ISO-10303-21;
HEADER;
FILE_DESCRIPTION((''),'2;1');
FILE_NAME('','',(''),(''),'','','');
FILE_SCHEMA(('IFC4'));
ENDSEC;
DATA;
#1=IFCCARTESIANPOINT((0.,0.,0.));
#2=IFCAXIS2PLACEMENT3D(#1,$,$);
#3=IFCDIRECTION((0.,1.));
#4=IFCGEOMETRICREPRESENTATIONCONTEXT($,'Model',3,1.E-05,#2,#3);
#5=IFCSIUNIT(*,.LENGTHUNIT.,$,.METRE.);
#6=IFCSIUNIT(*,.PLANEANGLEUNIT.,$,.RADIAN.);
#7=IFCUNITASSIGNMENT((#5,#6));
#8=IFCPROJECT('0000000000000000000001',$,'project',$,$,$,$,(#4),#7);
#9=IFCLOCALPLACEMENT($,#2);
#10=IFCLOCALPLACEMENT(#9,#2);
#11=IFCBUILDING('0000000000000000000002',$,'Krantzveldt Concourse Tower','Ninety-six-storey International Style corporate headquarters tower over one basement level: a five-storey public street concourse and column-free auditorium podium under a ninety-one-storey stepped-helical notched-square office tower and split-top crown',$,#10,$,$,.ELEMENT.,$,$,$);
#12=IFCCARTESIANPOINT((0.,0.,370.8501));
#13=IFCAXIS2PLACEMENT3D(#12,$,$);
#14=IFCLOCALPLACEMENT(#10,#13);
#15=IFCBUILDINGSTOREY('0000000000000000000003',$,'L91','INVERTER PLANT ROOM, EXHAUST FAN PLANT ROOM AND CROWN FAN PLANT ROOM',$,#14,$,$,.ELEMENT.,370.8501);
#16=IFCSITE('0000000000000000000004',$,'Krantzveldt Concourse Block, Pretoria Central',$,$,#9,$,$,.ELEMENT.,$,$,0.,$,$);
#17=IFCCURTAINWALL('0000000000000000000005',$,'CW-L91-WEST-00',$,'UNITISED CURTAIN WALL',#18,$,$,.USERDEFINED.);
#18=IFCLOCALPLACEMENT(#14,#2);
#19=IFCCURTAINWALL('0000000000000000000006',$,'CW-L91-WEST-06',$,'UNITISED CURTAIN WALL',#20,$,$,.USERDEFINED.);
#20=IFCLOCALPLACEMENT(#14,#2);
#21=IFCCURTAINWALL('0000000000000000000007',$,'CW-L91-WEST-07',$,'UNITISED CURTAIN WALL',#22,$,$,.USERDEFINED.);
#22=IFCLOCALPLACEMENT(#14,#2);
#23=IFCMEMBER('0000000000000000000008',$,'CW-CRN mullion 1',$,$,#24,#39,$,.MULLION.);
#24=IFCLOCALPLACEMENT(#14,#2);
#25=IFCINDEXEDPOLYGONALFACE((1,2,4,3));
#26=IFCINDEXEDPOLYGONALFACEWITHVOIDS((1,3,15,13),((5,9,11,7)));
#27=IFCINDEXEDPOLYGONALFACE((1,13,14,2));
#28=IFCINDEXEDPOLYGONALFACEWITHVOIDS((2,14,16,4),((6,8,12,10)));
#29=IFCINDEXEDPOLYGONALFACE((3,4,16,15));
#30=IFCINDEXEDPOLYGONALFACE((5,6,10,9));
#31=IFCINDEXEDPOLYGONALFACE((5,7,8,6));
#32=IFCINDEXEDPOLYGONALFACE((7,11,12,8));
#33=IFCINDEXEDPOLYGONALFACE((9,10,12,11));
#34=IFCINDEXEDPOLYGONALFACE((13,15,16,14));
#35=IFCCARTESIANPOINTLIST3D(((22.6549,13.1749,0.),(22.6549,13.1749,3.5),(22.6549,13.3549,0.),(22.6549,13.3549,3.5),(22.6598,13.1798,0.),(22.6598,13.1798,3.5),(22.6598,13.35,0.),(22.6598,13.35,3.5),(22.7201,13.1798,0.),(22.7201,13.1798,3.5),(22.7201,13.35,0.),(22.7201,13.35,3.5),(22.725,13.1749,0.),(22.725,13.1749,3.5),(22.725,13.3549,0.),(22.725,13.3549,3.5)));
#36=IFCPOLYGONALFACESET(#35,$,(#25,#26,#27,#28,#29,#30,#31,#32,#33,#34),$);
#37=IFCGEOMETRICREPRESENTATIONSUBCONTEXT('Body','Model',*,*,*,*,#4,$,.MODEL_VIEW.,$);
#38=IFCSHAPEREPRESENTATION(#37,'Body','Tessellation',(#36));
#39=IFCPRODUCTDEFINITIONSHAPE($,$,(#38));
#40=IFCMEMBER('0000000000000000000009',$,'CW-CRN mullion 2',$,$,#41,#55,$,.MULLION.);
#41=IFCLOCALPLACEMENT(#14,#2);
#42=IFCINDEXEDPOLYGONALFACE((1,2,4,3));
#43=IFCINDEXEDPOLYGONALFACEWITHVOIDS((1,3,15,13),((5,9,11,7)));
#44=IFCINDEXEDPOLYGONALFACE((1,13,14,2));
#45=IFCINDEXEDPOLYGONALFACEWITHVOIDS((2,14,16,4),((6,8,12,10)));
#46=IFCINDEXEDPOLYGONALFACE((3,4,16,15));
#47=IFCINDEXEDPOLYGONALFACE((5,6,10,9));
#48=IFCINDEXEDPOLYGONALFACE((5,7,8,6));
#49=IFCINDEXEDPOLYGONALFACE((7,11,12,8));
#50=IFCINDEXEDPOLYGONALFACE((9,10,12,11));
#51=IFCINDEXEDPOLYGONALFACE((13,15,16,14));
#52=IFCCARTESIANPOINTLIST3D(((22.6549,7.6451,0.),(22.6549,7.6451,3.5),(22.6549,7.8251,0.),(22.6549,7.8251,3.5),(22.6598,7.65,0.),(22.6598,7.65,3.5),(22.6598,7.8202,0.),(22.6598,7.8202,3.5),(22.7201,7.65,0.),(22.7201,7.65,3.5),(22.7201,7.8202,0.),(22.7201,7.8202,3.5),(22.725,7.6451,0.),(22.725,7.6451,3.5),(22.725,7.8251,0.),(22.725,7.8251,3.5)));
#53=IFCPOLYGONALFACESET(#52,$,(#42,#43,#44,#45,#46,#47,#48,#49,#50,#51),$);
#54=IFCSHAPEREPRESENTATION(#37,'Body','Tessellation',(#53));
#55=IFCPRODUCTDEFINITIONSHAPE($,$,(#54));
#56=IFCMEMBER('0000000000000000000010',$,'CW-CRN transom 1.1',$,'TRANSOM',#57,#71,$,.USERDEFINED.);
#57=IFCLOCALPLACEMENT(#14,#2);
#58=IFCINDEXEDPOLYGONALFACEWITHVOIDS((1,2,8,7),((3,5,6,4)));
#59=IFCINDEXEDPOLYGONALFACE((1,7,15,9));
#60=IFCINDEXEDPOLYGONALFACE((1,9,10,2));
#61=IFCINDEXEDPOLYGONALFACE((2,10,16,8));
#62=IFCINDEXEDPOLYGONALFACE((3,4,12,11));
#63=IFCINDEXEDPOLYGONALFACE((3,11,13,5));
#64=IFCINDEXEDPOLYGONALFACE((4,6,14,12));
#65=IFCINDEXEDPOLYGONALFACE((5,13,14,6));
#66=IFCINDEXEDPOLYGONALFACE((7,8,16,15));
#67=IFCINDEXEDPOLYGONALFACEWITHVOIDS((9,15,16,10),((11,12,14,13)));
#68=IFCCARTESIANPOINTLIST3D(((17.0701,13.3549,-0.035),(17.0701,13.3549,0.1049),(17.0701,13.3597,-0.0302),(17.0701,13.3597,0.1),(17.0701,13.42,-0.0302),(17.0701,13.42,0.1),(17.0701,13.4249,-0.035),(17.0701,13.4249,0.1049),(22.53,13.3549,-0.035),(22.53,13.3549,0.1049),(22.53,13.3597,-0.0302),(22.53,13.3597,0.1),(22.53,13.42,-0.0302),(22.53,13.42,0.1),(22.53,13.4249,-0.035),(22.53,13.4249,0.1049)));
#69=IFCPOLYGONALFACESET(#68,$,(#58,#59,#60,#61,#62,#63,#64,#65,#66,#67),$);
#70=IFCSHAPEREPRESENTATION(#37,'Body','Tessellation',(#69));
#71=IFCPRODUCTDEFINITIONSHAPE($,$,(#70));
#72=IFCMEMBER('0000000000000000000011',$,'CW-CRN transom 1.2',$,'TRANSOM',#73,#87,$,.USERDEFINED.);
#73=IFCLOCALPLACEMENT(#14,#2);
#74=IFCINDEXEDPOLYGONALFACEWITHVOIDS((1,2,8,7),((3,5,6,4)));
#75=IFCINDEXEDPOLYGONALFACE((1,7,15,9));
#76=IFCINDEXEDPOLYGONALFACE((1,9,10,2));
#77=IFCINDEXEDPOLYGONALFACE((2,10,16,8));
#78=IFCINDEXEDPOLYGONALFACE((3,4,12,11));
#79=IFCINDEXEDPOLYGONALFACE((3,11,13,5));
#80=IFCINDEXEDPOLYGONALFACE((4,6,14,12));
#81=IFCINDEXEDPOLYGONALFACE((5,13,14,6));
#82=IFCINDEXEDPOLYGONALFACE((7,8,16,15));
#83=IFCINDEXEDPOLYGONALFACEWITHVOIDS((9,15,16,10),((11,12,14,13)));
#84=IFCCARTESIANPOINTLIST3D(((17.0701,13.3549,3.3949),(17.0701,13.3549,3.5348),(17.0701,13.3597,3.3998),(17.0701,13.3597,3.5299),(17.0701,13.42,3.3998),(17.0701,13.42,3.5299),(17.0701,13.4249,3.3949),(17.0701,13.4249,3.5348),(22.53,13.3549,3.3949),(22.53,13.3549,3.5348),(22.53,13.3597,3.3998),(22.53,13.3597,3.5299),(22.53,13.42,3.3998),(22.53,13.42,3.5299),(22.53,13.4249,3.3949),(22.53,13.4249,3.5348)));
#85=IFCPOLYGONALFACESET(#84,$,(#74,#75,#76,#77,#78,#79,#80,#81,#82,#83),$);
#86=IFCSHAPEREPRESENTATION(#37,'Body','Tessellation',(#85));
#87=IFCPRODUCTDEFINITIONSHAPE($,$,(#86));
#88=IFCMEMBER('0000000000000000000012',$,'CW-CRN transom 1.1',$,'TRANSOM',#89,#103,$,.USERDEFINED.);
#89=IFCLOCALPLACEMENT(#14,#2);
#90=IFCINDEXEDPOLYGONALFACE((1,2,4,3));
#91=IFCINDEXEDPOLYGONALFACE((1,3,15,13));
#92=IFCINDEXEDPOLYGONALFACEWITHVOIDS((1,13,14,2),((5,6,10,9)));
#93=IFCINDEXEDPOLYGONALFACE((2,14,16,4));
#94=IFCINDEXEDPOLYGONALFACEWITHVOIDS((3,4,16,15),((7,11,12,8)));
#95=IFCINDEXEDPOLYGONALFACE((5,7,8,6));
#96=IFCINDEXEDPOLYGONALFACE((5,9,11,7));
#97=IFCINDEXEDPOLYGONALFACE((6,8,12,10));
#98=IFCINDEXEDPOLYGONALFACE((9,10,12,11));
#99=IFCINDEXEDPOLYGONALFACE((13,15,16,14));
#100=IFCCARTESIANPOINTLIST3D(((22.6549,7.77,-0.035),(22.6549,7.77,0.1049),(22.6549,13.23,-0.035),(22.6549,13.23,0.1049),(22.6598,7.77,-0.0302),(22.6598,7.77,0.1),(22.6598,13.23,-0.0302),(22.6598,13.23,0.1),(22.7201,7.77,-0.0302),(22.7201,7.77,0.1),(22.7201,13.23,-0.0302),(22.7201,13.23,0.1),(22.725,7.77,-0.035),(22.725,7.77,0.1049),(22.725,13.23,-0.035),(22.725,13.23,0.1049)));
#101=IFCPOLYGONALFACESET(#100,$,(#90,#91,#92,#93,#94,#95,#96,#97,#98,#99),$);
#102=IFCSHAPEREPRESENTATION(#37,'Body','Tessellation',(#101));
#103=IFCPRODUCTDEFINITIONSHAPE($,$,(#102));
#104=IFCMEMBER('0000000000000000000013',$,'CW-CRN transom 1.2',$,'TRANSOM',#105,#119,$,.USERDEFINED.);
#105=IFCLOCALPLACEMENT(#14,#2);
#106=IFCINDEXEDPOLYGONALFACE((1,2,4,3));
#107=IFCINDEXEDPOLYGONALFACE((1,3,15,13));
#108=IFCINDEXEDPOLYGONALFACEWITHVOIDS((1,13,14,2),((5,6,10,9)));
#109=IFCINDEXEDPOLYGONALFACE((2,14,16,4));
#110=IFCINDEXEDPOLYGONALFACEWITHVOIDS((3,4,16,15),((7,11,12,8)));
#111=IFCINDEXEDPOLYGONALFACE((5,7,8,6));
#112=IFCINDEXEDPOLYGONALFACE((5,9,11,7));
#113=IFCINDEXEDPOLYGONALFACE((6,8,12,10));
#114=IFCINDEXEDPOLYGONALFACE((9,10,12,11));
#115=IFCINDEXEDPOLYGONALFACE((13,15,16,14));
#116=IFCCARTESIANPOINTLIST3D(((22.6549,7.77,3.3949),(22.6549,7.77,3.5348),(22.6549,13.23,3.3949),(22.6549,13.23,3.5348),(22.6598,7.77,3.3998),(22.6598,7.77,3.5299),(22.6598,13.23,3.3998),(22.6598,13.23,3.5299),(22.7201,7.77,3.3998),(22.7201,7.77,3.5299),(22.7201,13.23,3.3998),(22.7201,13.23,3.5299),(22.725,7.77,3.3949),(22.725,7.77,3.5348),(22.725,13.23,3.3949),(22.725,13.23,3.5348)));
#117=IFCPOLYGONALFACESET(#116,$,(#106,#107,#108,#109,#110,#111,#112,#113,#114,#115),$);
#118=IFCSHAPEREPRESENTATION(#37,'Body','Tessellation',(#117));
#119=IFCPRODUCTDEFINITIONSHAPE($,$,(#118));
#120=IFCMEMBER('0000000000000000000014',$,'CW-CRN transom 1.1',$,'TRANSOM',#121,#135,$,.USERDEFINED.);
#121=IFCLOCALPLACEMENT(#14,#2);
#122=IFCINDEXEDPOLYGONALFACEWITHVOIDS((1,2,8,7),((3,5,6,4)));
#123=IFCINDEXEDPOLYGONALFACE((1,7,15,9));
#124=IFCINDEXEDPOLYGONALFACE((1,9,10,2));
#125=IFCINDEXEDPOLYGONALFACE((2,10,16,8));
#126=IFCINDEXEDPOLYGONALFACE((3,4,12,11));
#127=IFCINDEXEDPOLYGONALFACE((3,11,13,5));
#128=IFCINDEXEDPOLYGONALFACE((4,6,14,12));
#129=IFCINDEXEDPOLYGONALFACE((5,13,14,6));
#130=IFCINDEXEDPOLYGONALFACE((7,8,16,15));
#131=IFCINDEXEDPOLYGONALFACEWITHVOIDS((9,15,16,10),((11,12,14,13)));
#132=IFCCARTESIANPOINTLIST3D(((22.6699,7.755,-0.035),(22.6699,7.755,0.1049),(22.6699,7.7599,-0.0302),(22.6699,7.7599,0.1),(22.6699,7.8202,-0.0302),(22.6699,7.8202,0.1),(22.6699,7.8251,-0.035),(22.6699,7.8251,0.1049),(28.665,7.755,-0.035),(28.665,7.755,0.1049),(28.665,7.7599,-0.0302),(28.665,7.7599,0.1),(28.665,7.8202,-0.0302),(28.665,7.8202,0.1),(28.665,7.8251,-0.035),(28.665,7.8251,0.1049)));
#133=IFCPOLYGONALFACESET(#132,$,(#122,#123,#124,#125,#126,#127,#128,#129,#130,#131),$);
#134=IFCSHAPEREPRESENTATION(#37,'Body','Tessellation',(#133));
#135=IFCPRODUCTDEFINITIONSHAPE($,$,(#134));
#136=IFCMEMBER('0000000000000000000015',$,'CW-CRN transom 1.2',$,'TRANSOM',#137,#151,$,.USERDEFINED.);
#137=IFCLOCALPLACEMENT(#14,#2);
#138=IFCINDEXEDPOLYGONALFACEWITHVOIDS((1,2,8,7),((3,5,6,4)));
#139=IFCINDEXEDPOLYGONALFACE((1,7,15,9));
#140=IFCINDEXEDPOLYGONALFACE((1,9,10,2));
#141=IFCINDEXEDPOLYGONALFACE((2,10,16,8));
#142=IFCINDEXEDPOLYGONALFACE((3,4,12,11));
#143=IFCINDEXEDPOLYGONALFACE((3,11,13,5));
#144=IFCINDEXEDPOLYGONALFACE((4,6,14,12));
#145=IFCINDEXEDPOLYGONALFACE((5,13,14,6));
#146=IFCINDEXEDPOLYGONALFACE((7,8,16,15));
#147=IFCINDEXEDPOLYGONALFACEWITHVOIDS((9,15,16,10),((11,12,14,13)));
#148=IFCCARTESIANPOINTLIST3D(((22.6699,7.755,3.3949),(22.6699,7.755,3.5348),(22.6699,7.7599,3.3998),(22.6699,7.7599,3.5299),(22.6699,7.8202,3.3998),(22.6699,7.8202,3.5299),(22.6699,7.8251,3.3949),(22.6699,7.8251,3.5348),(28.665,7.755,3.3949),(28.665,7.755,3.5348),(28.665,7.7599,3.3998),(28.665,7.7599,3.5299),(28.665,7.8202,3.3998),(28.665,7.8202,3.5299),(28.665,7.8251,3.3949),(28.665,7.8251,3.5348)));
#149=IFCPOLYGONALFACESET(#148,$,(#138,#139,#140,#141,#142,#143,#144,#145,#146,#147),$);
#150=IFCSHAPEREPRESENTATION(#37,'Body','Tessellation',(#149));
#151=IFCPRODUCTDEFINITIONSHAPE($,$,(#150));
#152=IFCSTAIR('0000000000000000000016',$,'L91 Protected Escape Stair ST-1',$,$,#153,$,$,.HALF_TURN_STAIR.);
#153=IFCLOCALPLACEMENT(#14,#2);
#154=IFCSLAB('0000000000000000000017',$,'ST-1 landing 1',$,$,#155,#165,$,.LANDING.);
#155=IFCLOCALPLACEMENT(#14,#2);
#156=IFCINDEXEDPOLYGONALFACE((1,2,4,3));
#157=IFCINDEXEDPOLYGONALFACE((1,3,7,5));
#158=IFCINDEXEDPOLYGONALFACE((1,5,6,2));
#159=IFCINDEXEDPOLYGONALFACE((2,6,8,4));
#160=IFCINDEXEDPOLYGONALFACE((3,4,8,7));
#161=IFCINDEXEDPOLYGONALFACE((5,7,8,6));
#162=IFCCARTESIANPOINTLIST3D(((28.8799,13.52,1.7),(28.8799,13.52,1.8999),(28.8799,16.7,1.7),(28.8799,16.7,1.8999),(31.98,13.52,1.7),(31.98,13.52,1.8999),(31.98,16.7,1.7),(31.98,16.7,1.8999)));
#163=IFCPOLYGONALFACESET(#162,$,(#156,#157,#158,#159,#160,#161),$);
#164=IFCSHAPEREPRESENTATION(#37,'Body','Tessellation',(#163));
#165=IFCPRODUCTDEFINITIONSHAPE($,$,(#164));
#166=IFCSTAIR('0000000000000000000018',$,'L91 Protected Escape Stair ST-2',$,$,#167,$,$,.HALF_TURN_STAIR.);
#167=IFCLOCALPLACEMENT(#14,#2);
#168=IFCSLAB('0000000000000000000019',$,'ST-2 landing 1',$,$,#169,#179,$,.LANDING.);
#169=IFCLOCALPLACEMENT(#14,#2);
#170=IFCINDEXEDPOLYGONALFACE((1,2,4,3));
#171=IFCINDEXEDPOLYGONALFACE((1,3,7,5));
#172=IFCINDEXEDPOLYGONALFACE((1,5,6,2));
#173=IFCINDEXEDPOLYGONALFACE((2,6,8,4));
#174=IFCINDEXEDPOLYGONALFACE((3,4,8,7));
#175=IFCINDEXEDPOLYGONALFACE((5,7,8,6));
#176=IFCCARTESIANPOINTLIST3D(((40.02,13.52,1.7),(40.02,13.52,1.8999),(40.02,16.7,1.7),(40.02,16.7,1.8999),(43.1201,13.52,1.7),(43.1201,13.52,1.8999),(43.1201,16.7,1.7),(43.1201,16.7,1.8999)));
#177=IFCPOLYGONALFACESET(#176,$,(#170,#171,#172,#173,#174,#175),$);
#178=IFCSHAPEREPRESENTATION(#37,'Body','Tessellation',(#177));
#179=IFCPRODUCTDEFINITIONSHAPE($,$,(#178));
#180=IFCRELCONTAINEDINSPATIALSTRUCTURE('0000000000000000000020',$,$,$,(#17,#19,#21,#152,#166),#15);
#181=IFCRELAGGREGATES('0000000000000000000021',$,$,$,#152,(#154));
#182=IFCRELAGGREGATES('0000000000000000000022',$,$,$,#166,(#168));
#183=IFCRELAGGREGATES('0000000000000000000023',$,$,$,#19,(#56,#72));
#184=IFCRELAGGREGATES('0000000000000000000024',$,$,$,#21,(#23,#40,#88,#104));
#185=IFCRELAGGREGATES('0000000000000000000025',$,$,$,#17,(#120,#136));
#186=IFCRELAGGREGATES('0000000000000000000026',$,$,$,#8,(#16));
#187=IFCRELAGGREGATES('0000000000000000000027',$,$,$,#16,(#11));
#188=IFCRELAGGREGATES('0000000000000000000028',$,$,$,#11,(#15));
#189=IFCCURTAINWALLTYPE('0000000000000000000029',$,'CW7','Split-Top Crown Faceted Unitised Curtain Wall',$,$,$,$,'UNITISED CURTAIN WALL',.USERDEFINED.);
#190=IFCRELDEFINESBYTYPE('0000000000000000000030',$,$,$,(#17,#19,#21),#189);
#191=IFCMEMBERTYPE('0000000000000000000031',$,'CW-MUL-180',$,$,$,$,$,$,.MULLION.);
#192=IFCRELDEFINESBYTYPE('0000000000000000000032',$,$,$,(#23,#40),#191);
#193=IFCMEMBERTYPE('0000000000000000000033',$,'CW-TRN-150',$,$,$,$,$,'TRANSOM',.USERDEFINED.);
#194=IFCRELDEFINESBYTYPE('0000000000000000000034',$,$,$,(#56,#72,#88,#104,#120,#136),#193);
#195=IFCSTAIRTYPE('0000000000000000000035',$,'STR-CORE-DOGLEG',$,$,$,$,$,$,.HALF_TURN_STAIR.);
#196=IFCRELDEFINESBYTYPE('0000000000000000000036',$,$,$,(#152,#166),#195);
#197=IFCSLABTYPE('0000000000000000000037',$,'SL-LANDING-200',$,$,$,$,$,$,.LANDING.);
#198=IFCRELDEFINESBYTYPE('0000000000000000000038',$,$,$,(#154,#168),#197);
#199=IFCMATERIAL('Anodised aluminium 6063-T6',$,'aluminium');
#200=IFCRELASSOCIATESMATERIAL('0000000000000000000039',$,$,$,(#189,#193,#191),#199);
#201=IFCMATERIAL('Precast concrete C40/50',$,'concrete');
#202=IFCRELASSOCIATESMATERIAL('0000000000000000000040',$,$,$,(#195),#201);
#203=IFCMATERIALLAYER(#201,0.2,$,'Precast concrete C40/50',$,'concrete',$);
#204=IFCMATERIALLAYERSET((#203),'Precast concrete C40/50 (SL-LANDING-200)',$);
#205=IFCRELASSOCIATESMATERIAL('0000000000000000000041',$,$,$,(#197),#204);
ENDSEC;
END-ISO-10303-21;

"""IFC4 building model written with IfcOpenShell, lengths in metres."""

from ifc_helpers import new_model, si_unit, direction, frame, origin, origin_2d, place, context, subcontext, project, spatial, polyline, hollow_rectangle, outline, extrude, source, transform, mapped, material, layer, layer_set, material_profile, profile_set, type_object, type_shapes, element, aggregate, save


model = new_model("IFC4")

# Units and contexts
model_context = context("Model", 3, precision=1e-05, world=origin(), true_north=direction((0.0, 1.0)))
body_context = subcontext(model_context, "Body", "Model", "MODEL_VIEW")
ifc_project = project(units=[si_unit("LENGTHUNIT", "METRE"), si_unit("PLANEANGLEUNIT", "RADIAN")], contexts=[model_context])

# Site, building, storey
site_placement = place(None, origin())
site = spatial("IfcSite", under=ifc_project, at=site_placement, Name="Krantzveldt Concourse Block, Pretoria Central", CompositionType="ELEMENT", RefElevation=0.0)
building_placement = place(site_placement, origin())
building = spatial("IfcBuilding", under=site, at=building_placement, Name="Krantzveldt Concourse Tower", Description="Ninety-six-storey International Style corporate headquarters tower over one basement level: a five-storey public street concourse and column-free auditorium podium under a ninety-one-storey stepped-helical notched-square office tower and split-top crown", CompositionType="ELEMENT")
storey_placement = place(building_placement, frame((0.0, 0.0, 370.8501)))
storey = spatial("IfcBuildingStorey", under=building, at=storey_placement, Name="L91", Description="INVERTER PLANT ROOM, EXHAUST FAN PLANT ROOM AND CROWN FAN PLANT ROOM", CompositionType="ELEMENT", Elevation=370.8501)

# Shared definitions
ifc_material_1 = material(Name="Anodised aluminium 6063-T6", Category="aluminium")
curtain_wall_type = type_object("IfcCurtainWallType", Name="CW7", Description="Split-Top Crown Faceted Unitised Curtain Wall", ElementType="UNITISED CURTAIN WALL", PredefinedType="USERDEFINED", material=ifc_material_1)
ifc_material_profile_1 = material_profile(ifc_material_1, hollow_rectangle(XDim=0.0701, YDim=0.1399, WallThickness=0.0049, at=origin_2d()), Name="Anodised aluminium 6063-T6", Category="aluminium")
ifc_profile_set_1 = profile_set([ifc_material_profile_1], Name="Anodised aluminium 6063-T6 - ALU-TRAN 140x70x5")
member_type_1 = type_object("IfcMemberType", Name="CW-TRN-150", ElementType="TRANSOM", PredefinedType="USERDEFINED", material=ifc_profile_set_1)

# Curtain wall
curtain_wall_1_placement = place(storey_placement, origin())
curtain_wall_1 = element("IfcCurtainWall", 1, at=curtain_wall_1_placement, inside=storey, type_object=curtain_wall_type, Name="CW-L91-WEST-00", ObjectType="UNITISED CURTAIN WALL", PredefinedType="USERDEFINED")
ifc_material_profile_2 = material_profile(ifc_material_1, hollow_rectangle(XDim=0.0701, YDim=0.1799, WallThickness=0.0049, at=origin_2d()), Name="Anodised aluminium 6063-T6", Category="aluminium")
ifc_profile_set_2 = profile_set([ifc_material_profile_2], Name="Anodised aluminium 6063-T6 - ALU-MULL 180x70x5")
member_type_2 = type_object("IfcMemberType", Name="CW-MUL-180", PredefinedType="MULLION", material=ifc_profile_set_2)
shared_shape_1 = source(origin(), body_context, "Body", "SweptSolid", [
    extrude(hollow_rectangle(XDim=0.0701, YDim=0.1799, WallThickness=0.0049, at=origin_2d()), origin(), (0.0, 0.0, 1.0), 3.5),
])
type_shapes(member_type_2, [shared_shape_1])

# Curtain walls, members
curtain_wall_2_placement = place(storey_placement, origin())
curtain_wall_2 = element("IfcCurtainWall", 2, at=curtain_wall_2_placement, inside=storey, type_object=curtain_wall_type, Name="CW-L91-WEST-06", ObjectType="UNITISED CURTAIN WALL", PredefinedType="USERDEFINED")
curtain_wall_3_placement = place(storey_placement, origin())
curtain_wall_3 = element("IfcCurtainWall", 3, at=curtain_wall_3_placement, inside=storey, type_object=curtain_wall_type, Name="CW-L91-WEST-07", ObjectType="UNITISED CURTAIN WALL", PredefinedType="USERDEFINED")
member_1_placement = place(storey_placement, frame((22.6899, 13.2649, 0.0), z_axis=(0.0, 0.0, 1.0), x_axis=(1.0, 0.0, 0.0)))
member_1 = element("IfcMember", 4, at=member_1_placement, type_object=member_type_2, Name="CW-CRN mullion 1", PredefinedType="MULLION", context=body_context, shape_type="MappedRepresentation", body=[
    mapped(shared_shape_1, transform((0.0, 0.0, 0.0), x_axis=(1.0, 0.0, 0.0), y_axis=(0.0, 1.0, 0.0), z_axis=(0.0, 0.0, 1.0), scale=1.0)),
])
member_2_placement = place(storey_placement, frame((22.6899, 7.7351, 0.0), z_axis=(0.0, 0.0, 1.0), x_axis=(1.0, 0.0, 0.0)))
member_2 = element("IfcMember", 5, at=member_2_placement, type_object=member_type_2, Name="CW-CRN mullion 2", PredefinedType="MULLION", context=body_context, shape_type="MappedRepresentation", body=[
    mapped(shared_shape_1, transform((0.0, 0.0, 0.0), x_axis=(1.0, 0.0, 0.0), y_axis=(0.0, 1.0, 0.0), z_axis=(0.0, 0.0, 1.0), scale=1.0)),
])

# Members
shared_shape_2 = source(origin(), body_context, "Body", "SweptSolid", [
    extrude(hollow_rectangle(XDim=0.0701, YDim=0.1399, WallThickness=0.0049, at=origin_2d()), origin(), (0.0, 0.0, 1.0), 5.46),
])
member_3_placement = place(storey_placement, frame((17.0701, 13.3899, 0.0349), z_axis=(1.0, 0.0, 0.0), x_axis=(0.0, 1.0, 0.0)))
member_3 = element("IfcMember", 6, at=member_3_placement, type_object=member_type_1, Name="CW-CRN transom 1.1", ObjectType="TRANSOM", PredefinedType="USERDEFINED", context=body_context, shape_type="MappedRepresentation", body=[
    mapped(shared_shape_2, transform((0.0, 0.0, 0.0), x_axis=(1.0, 0.0, 0.0), y_axis=(0.0, 1.0, 0.0), z_axis=(0.0, 0.0, 1.0), scale=1.0)),
])
member_4_placement = place(storey_placement, frame((17.0701, 13.3899, 3.4648), z_axis=(1.0, 0.0, 0.0), x_axis=(0.0, 1.0, 0.0)))
member_4 = element("IfcMember", 7, at=member_4_placement, type_object=member_type_1, Name="CW-CRN transom 1.2", ObjectType="TRANSOM", PredefinedType="USERDEFINED", context=body_context, shape_type="MappedRepresentation", body=[
    mapped(shared_shape_2, transform((0.0, 0.0, 0.0), x_axis=(1.0, 0.0, 0.0), y_axis=(0.0, 1.0, 0.0), z_axis=(0.0, 0.0, 1.0), scale=1.0)),
])
member_5_placement = place(storey_placement, frame((22.6899, 13.23, 0.0349), z_axis=(0.0, -1.0, 0.0), x_axis=(1.0, 0.0, 0.0)))
member_5 = element("IfcMember", 8, at=member_5_placement, type_object=member_type_1, Name="CW-CRN transom 1.1", ObjectType="TRANSOM", PredefinedType="USERDEFINED", context=body_context, shape_type="MappedRepresentation", body=[
    mapped(shared_shape_2, transform((0.0, 0.0, 0.0), x_axis=(1.0, 0.0, 0.0), y_axis=(0.0, 1.0, 0.0), z_axis=(0.0, 0.0, 1.0), scale=1.0)),
])
member_6_placement = place(storey_placement, frame((22.6899, 13.23, 3.4648), z_axis=(0.0, -1.0, 0.0), x_axis=(1.0, 0.0, 0.0)))
member_6 = element("IfcMember", 9, at=member_6_placement, type_object=member_type_1, Name="CW-CRN transom 1.2", ObjectType="TRANSOM", PredefinedType="USERDEFINED", context=body_context, shape_type="MappedRepresentation", body=[
    mapped(shared_shape_2, transform((0.0, 0.0, 0.0), x_axis=(1.0, 0.0, 0.0), y_axis=(0.0, 1.0, 0.0), z_axis=(0.0, 0.0, 1.0), scale=1.0)),
])
shared_shape_3 = source(origin(), body_context, "Body", "SweptSolid", [
    extrude(hollow_rectangle(XDim=0.0701, YDim=0.1399, WallThickness=0.0049, at=origin_2d()), origin(), (0.0, 0.0, 1.0), 5.9951),
])
member_7_placement = place(storey_placement, frame((22.6699, 7.79, 0.0349), z_axis=(1.0, 0.0, 0.0), x_axis=(0.0, 1.0, 0.0)))
member_7 = element("IfcMember", 10, at=member_7_placement, type_object=member_type_1, Name="CW-CRN transom 1.1", ObjectType="TRANSOM", PredefinedType="USERDEFINED", context=body_context, shape_type="MappedRepresentation", body=[
    mapped(shared_shape_3, transform((0.0, 0.0, 0.0), x_axis=(1.0, 0.0, 0.0), y_axis=(0.0, 1.0, 0.0), z_axis=(0.0, 0.0, 1.0), scale=1.0)),
])
member_8_placement = place(storey_placement, frame((22.6699, 7.79, 3.4648), z_axis=(1.0, 0.0, 0.0), x_axis=(0.0, 1.0, 0.0)))
member_8 = element("IfcMember", 11, at=member_8_placement, type_object=member_type_1, Name="CW-CRN transom 1.2", ObjectType="TRANSOM", PredefinedType="USERDEFINED", context=body_context, shape_type="MappedRepresentation", body=[
    mapped(shared_shape_3, transform((0.0, 0.0, 0.0), x_axis=(1.0, 0.0, 0.0), y_axis=(0.0, 1.0, 0.0), z_axis=(0.0, 0.0, 1.0), scale=1.0)),
])

# Stairs, slabs
ifc_material_2 = material(Name="Precast concrete C40/50", Category="concrete")
stair_type = type_object("IfcStairType", Name="STR-CORE-DOGLEG", PredefinedType="HALF_TURN_STAIR", material=ifc_material_2)
stair_1_placement = place(storey_placement, origin())
stair_1 = element("IfcStair", 12, at=stair_1_placement, inside=storey, type_object=stair_type, Name="L91 Protected Escape Stair ST-1", PredefinedType="HALF_TURN_STAIR")
ifc_layer_1 = layer(ifc_material_2, 0.2, Name="Precast concrete C40/50", Category="concrete")
ifc_layer_set_1 = layer_set([ifc_layer_1], Name="Precast concrete C40/50 (SL-LANDING-200)")
slab_type_1 = type_object("IfcSlabType", Name="SL-LANDING-200", PredefinedType="LANDING", material=ifc_layer_set_1)
slab_1_placement = place(storey_placement, frame((0.0, 0.0, 1.7)))
slab_1 = element("IfcSlab", 13, at=slab_1_placement, type_object=slab_type_1, Name="ST-1 landing 1", PredefinedType="LANDING", context=body_context, shape_type="SweptSolid", body=[
    extrude(outline(polyline([(28.8799, 16.7), (28.8799, 13.52), (31.98, 13.52), (31.98, 16.7), (28.8799, 16.7)])), origin(), (0.0, 0.0, 1.0), 0.2),
])
aggregate(stair_1, [slab_1])
stair_2_placement = place(storey_placement, origin())
stair_2 = element("IfcStair", 14, at=stair_2_placement, inside=storey, type_object=stair_type, Name="L91 Protected Escape Stair ST-2", PredefinedType="HALF_TURN_STAIR")
slab_2_placement = place(storey_placement, frame((0.0, 0.0, 1.7)))
slab_2 = element("IfcSlab", 15, at=slab_2_placement, type_object=slab_type_1, Name="ST-2 landing 1", PredefinedType="LANDING", context=body_context, shape_type="SweptSolid", body=[
    extrude(outline(polyline([(40.02, 16.7), (40.02, 13.52), (43.1201, 13.52), (43.1201, 16.7), (40.02, 16.7)])), origin(), (0.0, 0.0, 1.0), 0.2),
])
aggregate(stair_2, [slab_2])

aggregate(curtain_wall_2, [member_3, member_4])
aggregate(curtain_wall_3, [member_1, member_2, member_5, member_6])
aggregate(curtain_wall_1, [member_7, member_8])

save(model, "model.ifc")
